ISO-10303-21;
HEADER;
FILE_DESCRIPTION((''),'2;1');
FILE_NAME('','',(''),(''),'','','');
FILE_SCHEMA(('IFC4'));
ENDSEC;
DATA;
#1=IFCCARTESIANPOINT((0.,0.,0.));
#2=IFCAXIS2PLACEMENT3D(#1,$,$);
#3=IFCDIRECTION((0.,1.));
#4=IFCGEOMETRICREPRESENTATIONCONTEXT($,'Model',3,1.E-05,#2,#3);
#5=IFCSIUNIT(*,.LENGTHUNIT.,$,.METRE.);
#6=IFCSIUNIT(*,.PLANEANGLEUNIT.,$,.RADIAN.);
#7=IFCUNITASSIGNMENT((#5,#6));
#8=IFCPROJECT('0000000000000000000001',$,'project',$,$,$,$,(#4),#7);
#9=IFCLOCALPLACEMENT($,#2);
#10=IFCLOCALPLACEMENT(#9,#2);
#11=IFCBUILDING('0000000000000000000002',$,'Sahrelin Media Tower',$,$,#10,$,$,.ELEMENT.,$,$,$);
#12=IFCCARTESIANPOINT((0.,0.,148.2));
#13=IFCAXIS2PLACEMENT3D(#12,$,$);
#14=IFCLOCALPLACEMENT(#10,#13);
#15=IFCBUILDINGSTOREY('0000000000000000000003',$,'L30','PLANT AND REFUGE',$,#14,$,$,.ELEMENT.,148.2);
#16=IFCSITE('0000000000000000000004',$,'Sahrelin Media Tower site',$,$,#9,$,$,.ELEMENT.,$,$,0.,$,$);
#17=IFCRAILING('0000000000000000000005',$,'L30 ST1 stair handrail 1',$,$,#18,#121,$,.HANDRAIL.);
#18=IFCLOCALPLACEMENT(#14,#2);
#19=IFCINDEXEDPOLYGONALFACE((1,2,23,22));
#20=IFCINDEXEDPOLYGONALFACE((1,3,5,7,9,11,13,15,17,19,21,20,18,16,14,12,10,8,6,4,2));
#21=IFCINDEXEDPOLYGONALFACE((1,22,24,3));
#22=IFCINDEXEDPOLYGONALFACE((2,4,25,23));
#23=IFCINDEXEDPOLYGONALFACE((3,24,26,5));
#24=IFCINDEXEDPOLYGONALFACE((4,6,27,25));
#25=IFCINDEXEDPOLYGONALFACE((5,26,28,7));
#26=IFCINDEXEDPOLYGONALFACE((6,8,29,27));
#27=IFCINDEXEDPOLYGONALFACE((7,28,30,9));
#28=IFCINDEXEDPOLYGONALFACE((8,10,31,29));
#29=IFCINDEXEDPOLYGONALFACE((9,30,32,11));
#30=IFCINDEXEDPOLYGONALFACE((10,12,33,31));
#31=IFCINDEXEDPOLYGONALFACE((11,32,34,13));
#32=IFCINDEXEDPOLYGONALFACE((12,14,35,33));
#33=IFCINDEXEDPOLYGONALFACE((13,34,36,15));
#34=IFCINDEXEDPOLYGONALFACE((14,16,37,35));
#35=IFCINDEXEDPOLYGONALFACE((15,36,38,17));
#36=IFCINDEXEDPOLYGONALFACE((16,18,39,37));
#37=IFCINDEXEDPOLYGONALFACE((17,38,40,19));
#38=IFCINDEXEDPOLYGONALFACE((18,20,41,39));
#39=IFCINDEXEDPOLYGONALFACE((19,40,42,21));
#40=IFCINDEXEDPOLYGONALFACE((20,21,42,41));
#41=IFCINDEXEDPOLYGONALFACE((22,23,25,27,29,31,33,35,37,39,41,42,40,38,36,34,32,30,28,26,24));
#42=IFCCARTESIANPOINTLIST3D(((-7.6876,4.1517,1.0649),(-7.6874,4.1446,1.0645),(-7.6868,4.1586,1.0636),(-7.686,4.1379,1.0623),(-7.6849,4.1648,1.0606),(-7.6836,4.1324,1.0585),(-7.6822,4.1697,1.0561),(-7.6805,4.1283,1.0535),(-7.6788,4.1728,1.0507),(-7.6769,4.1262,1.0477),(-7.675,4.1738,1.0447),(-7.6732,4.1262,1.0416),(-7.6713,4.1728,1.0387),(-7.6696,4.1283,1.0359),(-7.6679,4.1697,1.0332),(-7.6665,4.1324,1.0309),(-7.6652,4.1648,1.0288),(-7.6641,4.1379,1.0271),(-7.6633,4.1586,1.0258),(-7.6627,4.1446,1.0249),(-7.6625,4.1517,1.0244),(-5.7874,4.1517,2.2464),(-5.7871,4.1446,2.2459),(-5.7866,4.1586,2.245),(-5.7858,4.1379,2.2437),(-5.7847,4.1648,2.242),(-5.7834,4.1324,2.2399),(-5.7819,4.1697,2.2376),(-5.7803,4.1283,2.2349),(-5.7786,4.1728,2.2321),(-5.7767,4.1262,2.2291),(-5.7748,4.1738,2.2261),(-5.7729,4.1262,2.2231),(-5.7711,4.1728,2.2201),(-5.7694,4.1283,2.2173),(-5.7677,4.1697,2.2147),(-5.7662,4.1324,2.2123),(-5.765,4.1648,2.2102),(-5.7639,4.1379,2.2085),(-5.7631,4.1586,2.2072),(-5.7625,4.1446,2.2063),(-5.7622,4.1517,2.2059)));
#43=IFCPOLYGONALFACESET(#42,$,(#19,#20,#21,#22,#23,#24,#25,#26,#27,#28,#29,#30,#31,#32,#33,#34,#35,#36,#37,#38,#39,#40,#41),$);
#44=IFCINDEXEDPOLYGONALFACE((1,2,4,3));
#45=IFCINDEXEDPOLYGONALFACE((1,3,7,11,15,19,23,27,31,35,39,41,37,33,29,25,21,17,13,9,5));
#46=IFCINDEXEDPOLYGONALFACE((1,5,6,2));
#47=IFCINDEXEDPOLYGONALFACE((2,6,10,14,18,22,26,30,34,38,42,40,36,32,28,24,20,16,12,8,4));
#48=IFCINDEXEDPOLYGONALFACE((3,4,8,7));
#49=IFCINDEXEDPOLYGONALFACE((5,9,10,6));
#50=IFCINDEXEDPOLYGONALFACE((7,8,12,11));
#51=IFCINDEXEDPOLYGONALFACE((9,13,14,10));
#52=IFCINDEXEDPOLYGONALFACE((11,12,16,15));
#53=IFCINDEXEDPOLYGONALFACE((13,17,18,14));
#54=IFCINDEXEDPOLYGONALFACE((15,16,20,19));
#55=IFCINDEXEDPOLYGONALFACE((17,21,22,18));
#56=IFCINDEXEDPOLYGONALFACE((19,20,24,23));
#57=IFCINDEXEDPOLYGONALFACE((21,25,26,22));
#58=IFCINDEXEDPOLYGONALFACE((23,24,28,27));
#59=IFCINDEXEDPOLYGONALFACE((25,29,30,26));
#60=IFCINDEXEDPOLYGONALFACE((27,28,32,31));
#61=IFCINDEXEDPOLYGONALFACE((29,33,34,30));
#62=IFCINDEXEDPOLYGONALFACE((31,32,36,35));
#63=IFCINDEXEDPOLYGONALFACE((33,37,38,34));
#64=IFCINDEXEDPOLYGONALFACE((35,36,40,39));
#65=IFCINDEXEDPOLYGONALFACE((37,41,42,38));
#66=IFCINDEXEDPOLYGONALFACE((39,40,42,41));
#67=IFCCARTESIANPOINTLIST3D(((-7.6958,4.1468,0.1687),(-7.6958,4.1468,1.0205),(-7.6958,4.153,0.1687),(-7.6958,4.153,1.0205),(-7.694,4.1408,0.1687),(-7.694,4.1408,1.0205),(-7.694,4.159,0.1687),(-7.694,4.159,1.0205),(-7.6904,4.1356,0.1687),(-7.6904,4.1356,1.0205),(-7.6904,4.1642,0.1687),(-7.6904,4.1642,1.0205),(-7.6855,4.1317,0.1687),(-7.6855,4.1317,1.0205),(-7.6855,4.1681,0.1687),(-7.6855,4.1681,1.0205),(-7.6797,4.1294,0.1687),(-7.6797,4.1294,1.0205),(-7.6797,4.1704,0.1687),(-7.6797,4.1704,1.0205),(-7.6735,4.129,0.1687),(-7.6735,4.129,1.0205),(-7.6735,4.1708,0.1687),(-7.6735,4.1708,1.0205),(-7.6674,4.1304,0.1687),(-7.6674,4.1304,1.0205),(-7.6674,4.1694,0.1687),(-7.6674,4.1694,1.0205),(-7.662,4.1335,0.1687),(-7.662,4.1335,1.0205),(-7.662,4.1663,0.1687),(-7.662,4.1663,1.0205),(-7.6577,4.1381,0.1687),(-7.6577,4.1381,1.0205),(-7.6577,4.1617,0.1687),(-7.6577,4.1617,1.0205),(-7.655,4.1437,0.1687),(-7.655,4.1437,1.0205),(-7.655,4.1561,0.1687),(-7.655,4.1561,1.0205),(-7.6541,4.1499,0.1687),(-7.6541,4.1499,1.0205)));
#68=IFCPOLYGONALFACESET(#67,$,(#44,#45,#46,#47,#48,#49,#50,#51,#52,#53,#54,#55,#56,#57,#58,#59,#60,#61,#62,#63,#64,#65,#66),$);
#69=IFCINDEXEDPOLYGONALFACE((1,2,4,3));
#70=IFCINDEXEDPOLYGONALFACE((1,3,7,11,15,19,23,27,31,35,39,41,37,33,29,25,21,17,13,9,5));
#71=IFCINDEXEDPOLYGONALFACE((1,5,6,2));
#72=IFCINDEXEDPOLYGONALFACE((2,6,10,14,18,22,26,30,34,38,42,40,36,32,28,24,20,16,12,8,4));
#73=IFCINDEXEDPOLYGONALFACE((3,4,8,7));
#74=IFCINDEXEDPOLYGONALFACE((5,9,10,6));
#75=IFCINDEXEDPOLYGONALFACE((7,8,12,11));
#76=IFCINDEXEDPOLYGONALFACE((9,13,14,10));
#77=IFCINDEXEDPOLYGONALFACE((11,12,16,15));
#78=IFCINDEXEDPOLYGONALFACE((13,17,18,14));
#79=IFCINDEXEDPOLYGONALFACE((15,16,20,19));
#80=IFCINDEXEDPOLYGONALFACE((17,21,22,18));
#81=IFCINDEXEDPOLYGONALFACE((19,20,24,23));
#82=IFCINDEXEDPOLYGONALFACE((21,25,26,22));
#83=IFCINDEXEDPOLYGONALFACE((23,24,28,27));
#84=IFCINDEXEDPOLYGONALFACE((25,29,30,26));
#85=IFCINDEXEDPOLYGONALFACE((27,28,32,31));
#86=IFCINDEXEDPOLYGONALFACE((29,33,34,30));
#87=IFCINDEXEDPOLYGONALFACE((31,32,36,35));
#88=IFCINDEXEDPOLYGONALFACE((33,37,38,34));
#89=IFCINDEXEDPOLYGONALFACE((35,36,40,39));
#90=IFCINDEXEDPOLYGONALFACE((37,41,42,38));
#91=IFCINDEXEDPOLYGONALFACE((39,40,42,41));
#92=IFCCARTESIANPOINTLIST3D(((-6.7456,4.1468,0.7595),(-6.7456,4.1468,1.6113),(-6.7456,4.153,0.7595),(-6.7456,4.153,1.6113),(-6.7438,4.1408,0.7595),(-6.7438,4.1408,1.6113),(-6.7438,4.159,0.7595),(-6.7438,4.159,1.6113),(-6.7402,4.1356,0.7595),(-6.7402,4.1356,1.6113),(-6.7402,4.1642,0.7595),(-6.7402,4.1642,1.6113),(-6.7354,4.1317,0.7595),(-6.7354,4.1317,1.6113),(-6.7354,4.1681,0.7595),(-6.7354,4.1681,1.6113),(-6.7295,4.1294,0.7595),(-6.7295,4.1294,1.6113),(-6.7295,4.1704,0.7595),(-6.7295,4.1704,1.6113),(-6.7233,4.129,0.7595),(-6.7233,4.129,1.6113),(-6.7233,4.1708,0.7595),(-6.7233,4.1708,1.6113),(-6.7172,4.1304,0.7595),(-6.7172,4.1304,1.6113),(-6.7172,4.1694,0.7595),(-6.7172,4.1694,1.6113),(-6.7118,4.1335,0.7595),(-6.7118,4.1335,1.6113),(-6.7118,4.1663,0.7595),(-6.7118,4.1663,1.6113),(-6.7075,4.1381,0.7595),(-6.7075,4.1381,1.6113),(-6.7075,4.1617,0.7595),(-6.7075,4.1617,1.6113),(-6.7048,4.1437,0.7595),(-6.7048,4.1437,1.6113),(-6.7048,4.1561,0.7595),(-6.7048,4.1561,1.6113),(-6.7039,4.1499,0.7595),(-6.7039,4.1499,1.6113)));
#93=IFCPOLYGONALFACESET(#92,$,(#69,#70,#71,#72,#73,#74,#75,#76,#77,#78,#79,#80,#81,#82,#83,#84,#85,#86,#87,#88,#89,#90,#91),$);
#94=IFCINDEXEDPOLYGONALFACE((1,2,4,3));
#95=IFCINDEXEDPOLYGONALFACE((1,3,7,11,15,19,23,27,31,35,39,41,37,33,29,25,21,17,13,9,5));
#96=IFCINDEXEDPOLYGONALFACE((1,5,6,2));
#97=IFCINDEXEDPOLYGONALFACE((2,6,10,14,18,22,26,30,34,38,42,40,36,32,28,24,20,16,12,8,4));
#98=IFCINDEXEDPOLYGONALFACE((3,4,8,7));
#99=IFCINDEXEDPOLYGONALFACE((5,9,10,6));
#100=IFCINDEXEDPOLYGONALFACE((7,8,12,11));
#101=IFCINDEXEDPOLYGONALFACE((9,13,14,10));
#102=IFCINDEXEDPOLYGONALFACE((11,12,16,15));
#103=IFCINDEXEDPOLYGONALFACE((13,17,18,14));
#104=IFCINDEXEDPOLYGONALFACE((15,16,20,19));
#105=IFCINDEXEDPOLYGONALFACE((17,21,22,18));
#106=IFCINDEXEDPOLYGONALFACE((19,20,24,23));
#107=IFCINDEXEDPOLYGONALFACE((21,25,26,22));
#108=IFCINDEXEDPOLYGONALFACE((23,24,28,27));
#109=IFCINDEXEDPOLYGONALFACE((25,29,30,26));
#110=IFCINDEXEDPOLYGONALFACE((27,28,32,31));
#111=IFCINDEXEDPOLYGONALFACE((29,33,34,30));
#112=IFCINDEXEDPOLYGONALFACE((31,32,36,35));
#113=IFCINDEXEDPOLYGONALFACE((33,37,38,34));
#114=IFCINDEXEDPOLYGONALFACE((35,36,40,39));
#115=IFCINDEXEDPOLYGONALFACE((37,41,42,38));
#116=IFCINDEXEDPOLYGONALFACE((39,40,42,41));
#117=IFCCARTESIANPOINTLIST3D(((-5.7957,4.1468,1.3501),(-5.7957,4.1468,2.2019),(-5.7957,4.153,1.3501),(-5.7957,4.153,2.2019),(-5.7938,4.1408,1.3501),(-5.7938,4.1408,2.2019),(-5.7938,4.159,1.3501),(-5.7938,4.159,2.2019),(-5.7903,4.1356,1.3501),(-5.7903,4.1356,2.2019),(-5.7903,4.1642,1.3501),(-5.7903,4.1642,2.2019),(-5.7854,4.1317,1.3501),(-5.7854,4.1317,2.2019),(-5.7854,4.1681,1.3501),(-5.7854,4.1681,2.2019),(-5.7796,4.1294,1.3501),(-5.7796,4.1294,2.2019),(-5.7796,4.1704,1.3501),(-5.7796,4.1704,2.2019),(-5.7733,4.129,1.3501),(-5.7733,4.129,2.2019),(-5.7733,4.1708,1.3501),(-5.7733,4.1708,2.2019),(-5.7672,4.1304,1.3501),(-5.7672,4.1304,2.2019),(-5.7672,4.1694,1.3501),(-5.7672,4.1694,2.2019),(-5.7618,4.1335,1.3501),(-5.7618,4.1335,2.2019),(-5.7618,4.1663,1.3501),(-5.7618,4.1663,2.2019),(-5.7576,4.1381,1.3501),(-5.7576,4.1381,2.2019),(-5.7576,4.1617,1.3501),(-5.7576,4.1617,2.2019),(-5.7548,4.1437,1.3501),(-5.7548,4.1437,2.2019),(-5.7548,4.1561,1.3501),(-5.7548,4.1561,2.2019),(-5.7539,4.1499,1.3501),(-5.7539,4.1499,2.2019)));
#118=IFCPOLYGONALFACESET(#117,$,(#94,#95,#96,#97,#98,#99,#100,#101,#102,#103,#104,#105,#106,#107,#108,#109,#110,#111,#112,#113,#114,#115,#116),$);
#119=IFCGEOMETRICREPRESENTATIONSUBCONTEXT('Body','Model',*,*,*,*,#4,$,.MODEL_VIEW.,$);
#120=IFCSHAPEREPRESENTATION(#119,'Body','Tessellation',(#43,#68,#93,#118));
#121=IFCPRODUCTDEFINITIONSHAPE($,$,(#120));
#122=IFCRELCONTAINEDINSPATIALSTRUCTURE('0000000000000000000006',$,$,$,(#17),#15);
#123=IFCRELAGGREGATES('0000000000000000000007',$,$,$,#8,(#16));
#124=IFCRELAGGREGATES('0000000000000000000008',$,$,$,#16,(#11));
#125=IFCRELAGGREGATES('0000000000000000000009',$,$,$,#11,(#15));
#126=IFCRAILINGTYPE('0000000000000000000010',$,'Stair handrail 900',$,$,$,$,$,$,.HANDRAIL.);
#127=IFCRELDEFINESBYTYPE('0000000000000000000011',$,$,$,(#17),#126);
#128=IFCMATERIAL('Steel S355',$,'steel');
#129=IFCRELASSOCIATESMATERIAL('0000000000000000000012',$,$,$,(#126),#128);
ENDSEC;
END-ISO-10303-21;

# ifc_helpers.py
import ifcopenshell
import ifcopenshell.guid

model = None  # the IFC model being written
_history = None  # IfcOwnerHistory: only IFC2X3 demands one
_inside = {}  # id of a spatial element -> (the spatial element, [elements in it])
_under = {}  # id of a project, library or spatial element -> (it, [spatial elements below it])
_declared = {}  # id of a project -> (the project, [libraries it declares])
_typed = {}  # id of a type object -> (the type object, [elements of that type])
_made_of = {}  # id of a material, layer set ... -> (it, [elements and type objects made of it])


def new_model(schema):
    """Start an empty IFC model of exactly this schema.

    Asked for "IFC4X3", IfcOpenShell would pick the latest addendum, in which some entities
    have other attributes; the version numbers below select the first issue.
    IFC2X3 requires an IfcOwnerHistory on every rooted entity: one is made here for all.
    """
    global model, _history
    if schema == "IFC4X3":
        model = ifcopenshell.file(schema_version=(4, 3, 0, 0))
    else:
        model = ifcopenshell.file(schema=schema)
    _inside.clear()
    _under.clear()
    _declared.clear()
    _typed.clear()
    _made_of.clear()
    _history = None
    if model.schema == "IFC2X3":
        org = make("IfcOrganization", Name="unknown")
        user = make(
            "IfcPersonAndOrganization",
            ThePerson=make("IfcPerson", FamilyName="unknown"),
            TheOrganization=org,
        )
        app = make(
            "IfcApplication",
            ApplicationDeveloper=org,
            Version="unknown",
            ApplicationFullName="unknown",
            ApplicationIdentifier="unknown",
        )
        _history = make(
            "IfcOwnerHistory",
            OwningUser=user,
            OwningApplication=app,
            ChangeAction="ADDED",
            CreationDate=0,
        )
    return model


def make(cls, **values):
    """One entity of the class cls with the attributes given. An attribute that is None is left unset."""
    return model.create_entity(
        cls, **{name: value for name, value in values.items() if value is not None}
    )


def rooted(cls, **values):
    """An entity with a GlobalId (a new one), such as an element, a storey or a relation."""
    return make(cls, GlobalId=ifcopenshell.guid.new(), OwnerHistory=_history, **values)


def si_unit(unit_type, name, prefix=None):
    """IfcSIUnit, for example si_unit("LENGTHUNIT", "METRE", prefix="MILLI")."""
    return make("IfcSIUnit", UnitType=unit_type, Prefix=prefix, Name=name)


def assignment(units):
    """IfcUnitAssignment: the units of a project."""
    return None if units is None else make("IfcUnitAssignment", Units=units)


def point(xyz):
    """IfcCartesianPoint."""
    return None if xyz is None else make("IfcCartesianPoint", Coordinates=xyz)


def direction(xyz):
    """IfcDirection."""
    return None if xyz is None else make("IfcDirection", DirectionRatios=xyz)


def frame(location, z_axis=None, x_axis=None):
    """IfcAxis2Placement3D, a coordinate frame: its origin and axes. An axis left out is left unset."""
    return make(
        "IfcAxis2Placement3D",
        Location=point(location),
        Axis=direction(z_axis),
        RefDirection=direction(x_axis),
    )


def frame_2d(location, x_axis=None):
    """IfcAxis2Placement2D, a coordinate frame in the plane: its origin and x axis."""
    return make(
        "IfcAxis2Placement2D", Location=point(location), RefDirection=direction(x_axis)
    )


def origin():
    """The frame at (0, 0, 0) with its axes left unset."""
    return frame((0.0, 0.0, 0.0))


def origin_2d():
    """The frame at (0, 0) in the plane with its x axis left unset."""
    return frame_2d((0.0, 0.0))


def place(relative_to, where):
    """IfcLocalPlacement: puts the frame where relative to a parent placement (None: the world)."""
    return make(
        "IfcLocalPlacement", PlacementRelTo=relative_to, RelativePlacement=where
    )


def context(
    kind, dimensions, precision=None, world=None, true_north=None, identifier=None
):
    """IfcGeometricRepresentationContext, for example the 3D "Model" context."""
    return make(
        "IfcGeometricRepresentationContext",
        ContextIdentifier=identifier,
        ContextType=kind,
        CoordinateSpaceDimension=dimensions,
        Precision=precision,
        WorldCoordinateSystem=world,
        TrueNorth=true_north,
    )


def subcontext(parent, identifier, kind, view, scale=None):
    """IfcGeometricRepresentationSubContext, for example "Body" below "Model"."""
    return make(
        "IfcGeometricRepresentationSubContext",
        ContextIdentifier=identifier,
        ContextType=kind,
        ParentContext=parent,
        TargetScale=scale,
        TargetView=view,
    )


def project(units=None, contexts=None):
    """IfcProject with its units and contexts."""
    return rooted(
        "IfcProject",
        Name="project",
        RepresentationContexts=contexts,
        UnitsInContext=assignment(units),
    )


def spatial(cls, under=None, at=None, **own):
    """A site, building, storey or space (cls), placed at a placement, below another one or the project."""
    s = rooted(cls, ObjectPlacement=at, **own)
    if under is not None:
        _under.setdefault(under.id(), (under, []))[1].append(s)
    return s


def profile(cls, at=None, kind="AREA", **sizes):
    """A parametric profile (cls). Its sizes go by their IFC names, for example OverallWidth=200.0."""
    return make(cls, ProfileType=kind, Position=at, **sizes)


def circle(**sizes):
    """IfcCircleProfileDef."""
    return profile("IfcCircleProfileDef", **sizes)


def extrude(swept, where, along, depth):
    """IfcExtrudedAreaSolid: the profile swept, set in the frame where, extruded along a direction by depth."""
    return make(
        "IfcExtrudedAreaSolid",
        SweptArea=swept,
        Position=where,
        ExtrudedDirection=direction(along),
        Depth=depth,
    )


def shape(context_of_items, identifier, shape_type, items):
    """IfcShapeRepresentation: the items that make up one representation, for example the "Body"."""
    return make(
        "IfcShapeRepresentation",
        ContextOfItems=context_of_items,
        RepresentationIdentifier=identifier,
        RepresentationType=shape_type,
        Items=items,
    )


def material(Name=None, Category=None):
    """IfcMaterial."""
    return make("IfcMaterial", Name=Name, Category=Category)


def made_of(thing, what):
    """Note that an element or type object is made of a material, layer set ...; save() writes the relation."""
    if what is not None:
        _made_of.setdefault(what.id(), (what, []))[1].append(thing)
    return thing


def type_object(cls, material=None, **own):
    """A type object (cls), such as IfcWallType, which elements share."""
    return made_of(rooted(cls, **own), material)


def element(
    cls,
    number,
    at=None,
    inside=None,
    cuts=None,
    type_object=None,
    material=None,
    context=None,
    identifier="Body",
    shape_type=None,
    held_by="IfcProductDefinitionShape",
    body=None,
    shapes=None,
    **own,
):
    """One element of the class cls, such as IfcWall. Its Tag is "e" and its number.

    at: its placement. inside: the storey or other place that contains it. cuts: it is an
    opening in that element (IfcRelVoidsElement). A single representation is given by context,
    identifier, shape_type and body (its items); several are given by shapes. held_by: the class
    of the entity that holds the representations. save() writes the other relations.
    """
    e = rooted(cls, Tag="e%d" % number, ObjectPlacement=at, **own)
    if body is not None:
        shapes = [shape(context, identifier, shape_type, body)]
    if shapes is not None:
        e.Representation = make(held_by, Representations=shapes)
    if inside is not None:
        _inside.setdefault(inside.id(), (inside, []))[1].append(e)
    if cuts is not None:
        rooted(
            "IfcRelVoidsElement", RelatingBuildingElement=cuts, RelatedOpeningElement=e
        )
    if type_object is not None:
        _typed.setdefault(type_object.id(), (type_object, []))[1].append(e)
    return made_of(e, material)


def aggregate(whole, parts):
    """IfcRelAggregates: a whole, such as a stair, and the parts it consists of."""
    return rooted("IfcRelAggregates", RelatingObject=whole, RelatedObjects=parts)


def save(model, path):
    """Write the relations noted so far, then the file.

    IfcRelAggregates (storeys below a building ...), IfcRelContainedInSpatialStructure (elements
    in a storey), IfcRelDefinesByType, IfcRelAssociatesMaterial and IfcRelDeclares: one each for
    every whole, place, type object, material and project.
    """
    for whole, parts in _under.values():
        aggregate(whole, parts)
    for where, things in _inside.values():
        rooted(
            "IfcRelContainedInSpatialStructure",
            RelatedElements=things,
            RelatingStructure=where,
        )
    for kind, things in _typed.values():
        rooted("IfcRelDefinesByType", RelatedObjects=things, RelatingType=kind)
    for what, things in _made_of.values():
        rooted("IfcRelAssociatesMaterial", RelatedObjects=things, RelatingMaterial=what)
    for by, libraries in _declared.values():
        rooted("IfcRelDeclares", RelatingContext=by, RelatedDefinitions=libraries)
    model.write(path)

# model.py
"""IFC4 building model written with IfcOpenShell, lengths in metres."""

from ifc_helpers import new_model, si_unit, direction, frame, origin, origin_2d, place, context, subcontext, project, spatial, circle, extrude, material, type_object, element, save


model = new_model("IFC4")

# Units and contexts
model_context = context("Model", 3, precision=1e-05, world=origin(), true_north=direction((0.0, 1.0)))
body_context = subcontext(model_context, "Body", "Model", "MODEL_VIEW")
ifc_project = project(units=[si_unit("LENGTHUNIT", "METRE"), si_unit("PLANEANGLEUNIT", "RADIAN")], contexts=[model_context])

# Site, building, storey
site_placement = place(None, origin())
site = spatial("IfcSite", under=ifc_project, at=site_placement, Name="Sahrelin Media Tower site", CompositionType="ELEMENT", RefElevation=0.0)
building_placement = place(site_placement, origin())
building = spatial("IfcBuilding", under=site, at=building_placement, Name="Sahrelin Media Tower", CompositionType="ELEMENT")
storey_placement = place(building_placement, frame((0.0, 0.0, 148.2)))
storey = spatial("IfcBuildingStorey", under=building, at=storey_placement, Name="L30", Description="PLANT AND REFUGE", CompositionType="ELEMENT", Elevation=148.2)

# Shared definitions
ifc_material_1 = material(Name="Steel S355", Category="steel")

# Railing
railing_type_1 = type_object("IfcRailingType", Name="Stair handrail 900", PredefinedType="HANDRAIL", material=ifc_material_1)
railing_1_placement = place(storey_placement, frame((-7.675, 4.1499, 0.1687)))
element("IfcRailing", 1, at=railing_1_placement, inside=storey, type_object=railing_type_1, Name="L30 ST1 stair handrail 1", PredefinedType="HANDRAIL", context=body_context, shape_type="SweptSolid", body=[
    extrude(circle(Radius=0.0239, at=origin_2d()), frame((0.0, 0.0, 0.876), z_axis=(0.84924, 0.0, 0.528006), x_axis=(0.0, 1.0, 0.0)), (0.0, 0.0, 1.0), 2.2375),
    extrude(circle(Radius=0.021, at=origin_2d()), origin(), (0.0, 0.0, 1.0), 0.8518),
    extrude(circle(Radius=0.021, at=origin_2d()), frame((0.9502, 0.0, 0.5908)), (0.0, 0.0, 1.0), 0.8518),
    extrude(circle(Radius=0.021, at=origin_2d()), frame((1.9001, 0.0, 1.1814)), (0.0, 0.0, 1.0), 0.8518),
])

save(model, "model.ifc")
